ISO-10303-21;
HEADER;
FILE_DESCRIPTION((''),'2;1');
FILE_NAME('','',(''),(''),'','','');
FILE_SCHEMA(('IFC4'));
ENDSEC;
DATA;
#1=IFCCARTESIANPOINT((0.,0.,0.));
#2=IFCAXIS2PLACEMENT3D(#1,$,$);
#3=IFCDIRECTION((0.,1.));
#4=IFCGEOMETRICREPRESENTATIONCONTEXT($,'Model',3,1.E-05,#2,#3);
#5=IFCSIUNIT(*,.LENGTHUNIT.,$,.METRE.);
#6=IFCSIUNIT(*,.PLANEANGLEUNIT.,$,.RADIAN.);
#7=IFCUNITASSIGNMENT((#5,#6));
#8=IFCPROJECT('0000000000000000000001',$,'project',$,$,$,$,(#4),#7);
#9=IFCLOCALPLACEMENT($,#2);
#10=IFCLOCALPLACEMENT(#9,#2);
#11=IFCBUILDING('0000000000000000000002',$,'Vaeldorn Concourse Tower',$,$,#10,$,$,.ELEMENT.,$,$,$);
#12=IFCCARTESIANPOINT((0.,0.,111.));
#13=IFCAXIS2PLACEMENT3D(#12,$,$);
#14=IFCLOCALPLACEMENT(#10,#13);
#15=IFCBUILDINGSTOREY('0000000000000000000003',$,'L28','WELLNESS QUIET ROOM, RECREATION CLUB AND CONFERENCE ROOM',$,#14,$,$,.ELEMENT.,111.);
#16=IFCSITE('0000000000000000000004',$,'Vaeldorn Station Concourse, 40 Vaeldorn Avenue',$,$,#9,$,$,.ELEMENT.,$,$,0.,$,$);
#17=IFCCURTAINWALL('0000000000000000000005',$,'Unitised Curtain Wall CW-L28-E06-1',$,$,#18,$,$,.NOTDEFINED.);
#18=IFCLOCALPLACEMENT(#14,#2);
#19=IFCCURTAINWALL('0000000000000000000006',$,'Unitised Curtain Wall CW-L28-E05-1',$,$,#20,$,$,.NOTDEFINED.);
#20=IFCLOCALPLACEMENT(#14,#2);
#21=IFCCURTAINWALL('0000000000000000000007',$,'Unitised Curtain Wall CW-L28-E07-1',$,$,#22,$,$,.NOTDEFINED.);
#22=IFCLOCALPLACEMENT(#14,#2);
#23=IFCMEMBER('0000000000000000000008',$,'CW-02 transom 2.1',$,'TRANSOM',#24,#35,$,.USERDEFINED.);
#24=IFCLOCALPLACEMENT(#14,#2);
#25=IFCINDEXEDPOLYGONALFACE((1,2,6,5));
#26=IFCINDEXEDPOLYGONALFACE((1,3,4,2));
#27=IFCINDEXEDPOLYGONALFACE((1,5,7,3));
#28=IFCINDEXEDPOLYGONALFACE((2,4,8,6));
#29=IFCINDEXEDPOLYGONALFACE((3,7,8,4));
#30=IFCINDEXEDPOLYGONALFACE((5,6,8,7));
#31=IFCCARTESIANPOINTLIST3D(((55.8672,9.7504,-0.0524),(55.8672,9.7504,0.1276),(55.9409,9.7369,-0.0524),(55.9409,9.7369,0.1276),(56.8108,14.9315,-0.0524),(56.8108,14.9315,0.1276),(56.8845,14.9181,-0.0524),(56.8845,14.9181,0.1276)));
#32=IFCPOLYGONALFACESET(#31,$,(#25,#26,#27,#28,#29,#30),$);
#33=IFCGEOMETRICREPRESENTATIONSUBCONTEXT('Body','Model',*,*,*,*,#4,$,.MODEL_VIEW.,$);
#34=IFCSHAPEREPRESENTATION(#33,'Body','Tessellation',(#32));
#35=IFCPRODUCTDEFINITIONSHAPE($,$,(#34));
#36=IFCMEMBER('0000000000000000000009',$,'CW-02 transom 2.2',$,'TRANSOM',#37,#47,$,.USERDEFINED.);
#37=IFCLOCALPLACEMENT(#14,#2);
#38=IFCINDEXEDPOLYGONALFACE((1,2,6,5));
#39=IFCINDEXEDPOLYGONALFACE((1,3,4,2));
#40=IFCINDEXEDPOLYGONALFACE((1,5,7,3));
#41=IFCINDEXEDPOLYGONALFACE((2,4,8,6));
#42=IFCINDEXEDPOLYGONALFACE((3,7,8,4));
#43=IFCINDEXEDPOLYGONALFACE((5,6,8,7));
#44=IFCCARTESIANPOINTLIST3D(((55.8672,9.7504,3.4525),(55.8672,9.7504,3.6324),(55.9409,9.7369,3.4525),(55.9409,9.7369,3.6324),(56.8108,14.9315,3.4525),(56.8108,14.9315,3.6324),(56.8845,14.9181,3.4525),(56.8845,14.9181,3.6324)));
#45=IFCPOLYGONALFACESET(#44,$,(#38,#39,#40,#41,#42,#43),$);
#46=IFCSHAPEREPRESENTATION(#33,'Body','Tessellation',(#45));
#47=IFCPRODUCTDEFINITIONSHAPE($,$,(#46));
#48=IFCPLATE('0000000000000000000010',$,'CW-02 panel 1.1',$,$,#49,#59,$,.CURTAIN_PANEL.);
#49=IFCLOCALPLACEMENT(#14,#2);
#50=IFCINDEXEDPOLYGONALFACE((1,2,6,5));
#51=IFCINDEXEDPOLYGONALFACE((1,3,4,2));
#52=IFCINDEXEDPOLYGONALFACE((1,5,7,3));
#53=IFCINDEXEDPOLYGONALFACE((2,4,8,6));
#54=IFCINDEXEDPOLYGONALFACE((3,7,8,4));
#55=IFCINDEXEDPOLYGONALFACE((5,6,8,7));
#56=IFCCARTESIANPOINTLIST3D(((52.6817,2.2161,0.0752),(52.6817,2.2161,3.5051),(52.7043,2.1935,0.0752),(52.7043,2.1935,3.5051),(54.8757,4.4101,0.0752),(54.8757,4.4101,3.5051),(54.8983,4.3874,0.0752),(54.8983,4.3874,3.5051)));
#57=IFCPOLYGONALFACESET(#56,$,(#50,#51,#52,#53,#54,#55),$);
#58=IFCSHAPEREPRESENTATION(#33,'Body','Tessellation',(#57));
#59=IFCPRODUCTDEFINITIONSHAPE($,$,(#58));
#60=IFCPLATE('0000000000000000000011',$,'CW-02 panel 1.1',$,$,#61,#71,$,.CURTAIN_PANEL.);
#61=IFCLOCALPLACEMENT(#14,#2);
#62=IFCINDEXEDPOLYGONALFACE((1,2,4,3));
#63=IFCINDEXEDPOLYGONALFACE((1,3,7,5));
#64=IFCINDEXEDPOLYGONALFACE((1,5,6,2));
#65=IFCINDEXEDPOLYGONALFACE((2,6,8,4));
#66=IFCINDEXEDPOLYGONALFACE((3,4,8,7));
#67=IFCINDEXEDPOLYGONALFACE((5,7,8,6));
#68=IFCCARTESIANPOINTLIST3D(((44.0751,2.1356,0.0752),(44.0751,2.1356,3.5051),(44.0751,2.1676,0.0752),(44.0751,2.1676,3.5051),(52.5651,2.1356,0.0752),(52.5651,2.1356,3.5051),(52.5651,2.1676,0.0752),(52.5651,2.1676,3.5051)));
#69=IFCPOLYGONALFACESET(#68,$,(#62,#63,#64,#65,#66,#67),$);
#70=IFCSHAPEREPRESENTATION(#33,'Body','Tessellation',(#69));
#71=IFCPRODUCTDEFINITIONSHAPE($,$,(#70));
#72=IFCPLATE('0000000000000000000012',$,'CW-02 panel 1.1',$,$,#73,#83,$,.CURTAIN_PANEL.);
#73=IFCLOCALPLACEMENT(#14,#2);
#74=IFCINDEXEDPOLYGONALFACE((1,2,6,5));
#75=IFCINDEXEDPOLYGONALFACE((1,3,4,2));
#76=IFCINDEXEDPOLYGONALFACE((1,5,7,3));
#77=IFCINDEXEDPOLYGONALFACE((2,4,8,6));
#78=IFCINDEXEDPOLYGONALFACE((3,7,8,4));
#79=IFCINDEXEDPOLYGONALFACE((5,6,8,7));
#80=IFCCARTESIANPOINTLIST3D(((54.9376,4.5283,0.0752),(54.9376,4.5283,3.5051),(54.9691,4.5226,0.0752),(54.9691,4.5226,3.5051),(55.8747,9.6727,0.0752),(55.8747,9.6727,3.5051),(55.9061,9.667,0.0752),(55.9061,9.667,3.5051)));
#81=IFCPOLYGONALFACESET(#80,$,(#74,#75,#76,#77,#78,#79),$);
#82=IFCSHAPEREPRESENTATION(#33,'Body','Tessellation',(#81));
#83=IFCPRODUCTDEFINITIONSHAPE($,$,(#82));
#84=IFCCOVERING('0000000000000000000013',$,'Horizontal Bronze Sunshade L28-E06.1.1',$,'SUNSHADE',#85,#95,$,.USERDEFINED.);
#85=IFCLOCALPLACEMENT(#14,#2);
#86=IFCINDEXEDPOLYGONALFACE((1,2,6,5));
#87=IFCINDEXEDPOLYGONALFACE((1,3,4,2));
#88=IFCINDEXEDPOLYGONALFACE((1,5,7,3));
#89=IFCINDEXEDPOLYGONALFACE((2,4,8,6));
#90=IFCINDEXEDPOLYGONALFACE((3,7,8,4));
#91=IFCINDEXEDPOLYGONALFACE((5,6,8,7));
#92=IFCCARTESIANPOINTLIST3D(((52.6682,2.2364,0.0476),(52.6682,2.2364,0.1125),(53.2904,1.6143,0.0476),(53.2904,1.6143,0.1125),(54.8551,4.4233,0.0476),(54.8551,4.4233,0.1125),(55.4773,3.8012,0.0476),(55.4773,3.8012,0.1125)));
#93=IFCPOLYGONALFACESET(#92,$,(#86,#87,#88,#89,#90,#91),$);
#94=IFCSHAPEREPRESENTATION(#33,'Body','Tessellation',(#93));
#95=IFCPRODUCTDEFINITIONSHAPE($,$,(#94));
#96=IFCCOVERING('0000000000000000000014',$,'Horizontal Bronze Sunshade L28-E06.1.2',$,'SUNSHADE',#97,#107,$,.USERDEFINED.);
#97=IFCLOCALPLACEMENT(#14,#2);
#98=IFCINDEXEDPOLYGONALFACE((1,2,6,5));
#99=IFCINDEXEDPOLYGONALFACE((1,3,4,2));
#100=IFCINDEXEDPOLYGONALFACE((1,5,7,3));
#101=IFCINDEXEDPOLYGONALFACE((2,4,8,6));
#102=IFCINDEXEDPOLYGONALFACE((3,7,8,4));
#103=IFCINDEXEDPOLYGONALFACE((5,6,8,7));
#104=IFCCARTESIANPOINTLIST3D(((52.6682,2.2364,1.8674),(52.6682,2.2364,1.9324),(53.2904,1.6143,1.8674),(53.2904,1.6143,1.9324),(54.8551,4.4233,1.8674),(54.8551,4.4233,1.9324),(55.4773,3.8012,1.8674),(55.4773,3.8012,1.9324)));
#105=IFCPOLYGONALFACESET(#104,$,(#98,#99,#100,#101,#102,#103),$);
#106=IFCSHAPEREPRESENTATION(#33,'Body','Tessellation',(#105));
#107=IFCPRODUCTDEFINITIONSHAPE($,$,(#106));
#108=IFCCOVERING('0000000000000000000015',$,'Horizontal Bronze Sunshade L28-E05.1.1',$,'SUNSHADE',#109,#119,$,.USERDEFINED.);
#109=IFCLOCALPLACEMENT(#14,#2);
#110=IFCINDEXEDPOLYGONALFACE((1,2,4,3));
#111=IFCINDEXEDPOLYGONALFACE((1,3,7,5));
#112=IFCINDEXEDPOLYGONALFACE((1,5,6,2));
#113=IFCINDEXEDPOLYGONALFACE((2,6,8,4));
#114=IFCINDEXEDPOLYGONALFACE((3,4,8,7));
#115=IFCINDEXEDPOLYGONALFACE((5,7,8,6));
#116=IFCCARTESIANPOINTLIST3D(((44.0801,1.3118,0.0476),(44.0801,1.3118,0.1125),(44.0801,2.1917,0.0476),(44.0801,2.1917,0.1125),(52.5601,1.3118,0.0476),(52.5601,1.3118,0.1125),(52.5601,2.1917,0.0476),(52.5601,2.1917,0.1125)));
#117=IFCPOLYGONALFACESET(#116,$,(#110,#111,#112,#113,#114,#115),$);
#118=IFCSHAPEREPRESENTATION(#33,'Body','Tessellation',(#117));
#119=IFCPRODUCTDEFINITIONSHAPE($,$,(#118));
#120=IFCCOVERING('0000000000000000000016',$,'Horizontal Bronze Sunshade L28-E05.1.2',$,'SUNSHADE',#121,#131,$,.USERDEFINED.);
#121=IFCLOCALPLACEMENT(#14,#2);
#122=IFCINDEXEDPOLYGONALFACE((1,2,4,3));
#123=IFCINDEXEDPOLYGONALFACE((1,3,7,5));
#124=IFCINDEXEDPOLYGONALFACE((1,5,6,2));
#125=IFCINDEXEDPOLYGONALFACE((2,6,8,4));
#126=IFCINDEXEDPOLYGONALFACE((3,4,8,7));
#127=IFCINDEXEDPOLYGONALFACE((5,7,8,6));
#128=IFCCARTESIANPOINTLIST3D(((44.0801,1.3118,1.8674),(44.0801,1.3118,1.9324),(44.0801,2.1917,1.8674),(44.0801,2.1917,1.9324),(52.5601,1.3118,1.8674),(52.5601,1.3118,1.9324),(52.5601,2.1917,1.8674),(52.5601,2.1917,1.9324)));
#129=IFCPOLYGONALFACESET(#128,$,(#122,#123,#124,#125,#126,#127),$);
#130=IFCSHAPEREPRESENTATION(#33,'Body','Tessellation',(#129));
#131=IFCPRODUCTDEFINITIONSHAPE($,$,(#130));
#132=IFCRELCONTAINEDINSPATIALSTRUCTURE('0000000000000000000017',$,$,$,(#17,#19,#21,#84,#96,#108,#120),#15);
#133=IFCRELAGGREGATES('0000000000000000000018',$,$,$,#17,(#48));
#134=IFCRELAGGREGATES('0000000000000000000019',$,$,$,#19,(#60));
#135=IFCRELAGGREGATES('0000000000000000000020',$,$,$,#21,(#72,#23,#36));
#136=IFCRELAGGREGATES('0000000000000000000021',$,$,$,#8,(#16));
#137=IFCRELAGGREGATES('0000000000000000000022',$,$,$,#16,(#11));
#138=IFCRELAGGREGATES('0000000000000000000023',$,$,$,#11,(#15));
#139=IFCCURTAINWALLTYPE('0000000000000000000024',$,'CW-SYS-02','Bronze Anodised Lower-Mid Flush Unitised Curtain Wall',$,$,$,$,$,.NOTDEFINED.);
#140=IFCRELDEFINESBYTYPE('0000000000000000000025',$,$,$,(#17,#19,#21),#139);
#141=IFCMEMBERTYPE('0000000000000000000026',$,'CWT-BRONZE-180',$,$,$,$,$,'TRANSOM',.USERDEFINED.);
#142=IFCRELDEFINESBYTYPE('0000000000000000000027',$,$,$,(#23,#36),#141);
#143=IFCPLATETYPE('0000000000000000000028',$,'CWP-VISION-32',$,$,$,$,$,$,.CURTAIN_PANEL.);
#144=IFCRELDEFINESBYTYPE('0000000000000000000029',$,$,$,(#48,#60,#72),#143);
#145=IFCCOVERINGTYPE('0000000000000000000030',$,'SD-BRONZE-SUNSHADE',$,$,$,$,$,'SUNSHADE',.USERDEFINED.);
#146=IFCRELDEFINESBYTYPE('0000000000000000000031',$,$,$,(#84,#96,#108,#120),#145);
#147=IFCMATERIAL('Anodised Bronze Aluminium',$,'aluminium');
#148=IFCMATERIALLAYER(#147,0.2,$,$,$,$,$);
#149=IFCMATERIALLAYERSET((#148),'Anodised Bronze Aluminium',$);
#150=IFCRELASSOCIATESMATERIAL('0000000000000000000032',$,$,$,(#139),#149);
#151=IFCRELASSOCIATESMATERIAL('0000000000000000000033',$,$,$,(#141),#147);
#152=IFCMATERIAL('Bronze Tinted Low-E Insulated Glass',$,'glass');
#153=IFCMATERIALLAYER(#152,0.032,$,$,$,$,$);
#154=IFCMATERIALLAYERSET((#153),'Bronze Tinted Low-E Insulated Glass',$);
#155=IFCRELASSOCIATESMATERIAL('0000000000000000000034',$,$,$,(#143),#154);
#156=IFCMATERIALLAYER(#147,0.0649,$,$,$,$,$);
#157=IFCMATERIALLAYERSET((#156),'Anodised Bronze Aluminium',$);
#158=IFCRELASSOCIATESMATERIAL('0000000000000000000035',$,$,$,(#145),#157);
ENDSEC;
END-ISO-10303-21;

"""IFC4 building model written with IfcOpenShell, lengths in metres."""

from ifc_helpers import new_model, si_unit, direction, frame, origin, origin_2d, place, context, subcontext, project, spatial, rectangle, extrude, source, transform, mapped, material, layer, layer_set, material_profile, profile_set, type_object, element, aggregate, save


model = new_model("IFC4")

# Units and contexts
model_context = context("Model", 3, precision=1e-05, world=origin(), true_north=direction((0.0, 1.0)))
body_context = subcontext(model_context, "Body", "Model", "MODEL_VIEW")
ifc_project = project(units=[si_unit("LENGTHUNIT", "METRE"), si_unit("PLANEANGLEUNIT", "RADIAN")], contexts=[model_context])

# Site, building, storey
site_placement = place(None, origin())
site = spatial("IfcSite", under=ifc_project, at=site_placement, Name="Vaeldorn Station Concourse, 40 Vaeldorn Avenue", CompositionType="ELEMENT", RefElevation=0.0)
building_placement = place(site_placement, origin())
building = spatial("IfcBuilding", under=site, at=building_placement, Name="Vaeldorn Concourse Tower", CompositionType="ELEMENT")
storey_placement = place(building_placement, frame((0.0, 0.0, 111.0)))
storey = spatial("IfcBuildingStorey", under=building, at=storey_placement, Name="L28", Description="WELLNESS QUIET ROOM, RECREATION CLUB AND CONFERENCE ROOM", CompositionType="ELEMENT", Elevation=111.0)

# Curtain walls
ifc_material_1 = material(Name="Anodised Bronze Aluminium", Category="aluminium")
ifc_layer_1 = layer(ifc_material_1, 0.2)
ifc_layer_set_1 = layer_set([ifc_layer_1], Name="Anodised Bronze Aluminium")
curtain_wall_type = type_object("IfcCurtainWallType", Name="CW-SYS-02", Description="Bronze Anodised Lower-Mid Flush Unitised Curtain Wall", PredefinedType="NOTDEFINED", material=ifc_layer_set_1)
curtain_wall_1_placement = place(storey_placement, origin())
curtain_wall_1 = element("IfcCurtainWall", 1, at=curtain_wall_1_placement, inside=storey, type_object=curtain_wall_type, Name="Unitised Curtain Wall CW-L28-E06-1", PredefinedType="NOTDEFINED")
ifc_material_profile_1 = material_profile(ifc_material_1, rectangle(XDim=0.075, YDim=0.1799, at=origin_2d()), Name="CWT 75x180")
ifc_profile_set_1 = profile_set([ifc_material_profile_1], Name="Anodised Bronze Aluminium")
member_type_1 = type_object("IfcMemberType", Name="CWT-BRONZE-180", ElementType="TRANSOM", PredefinedType="USERDEFINED", material=ifc_profile_set_1)
curtain_wall_2_placement = place(storey_placement, origin())
curtain_wall_2 = element("IfcCurtainWall", 2, at=curtain_wall_2_placement, inside=storey, type_object=curtain_wall_type, Name="Unitised Curtain Wall CW-L28-E05-1", PredefinedType="NOTDEFINED")

# Curtain wall, members
curtain_wall_3_placement = place(storey_placement, origin())
curtain_wall_3 = element("IfcCurtainWall", 3, at=curtain_wall_3_placement, inside=storey, type_object=curtain_wall_type, Name="Unitised Curtain Wall CW-L28-E07-1", PredefinedType="NOTDEFINED")
shared_shape_1 = source(origin(), body_context, "Body", "SweptSolid", [
    extrude(rectangle(XDim=0.075, YDim=0.1799, at=origin_2d()), origin(), (0.0, 0.0, 1.0), 5.2664),
])
member_1_placement = place(storey_placement, frame((55.9041, 9.7437, 0.0376), z_axis=(0.179175, 0.983817, 0.0), x_axis=(-0.983817, 0.179175, 0.0)))
member_1 = element("IfcMember", 4, at=member_1_placement, type_object=member_type_1, Name="CW-02 transom 2.1", ObjectType="TRANSOM", PredefinedType="USERDEFINED", context=body_context, shape_type="MappedRepresentation", body=[
    mapped(shared_shape_1, transform((0.0, 0.0, 0.0), scale=1.0)),
])
member_2_placement = place(storey_placement, frame((55.9041, 9.7437, 3.5425), z_axis=(0.179175, 0.983817, 0.0), x_axis=(-0.983817, 0.179175, 0.0)))
member_2 = element("IfcMember", 5, at=member_2_placement, type_object=member_type_1, Name="CW-02 transom 2.2", ObjectType="TRANSOM", PredefinedType="USERDEFINED", context=body_context, shape_type="MappedRepresentation", body=[
    mapped(shared_shape_1, transform((0.0, 0.0, 0.0), scale=1.0)),
])

# Plates
ifc_material_2 = material(Name="Bronze Tinted Low-E Insulated Glass", Category="glass")
ifc_layer_2 = layer(ifc_material_2, 0.032)
ifc_layer_set_2 = layer_set([ifc_layer_2], Name="Bronze Tinted Low-E Insulated Glass")
plate_type = type_object("IfcPlateType", Name="CWP-VISION-32", PredefinedType="CURTAIN_PANEL", material=ifc_layer_set_2)
shared_shape_2 = source(origin(), body_context, "Body", "SweptSolid", [
    extrude(rectangle(XDim=3.1028, YDim=0.032, at=origin_2d()), origin(), (0.0, 0.0, 1.0), 3.4299),
])
plate_1_placement = place(storey_placement, frame((53.79, 3.3018, 0.0752), z_axis=(0.0, 0.0, 1.0), x_axis=(0.707107, 0.707107, 0.0)))
plate_1 = element("IfcPlate", 6, at=plate_1_placement, type_object=plate_type, Name="CW-02 panel 1.1", PredefinedType="CURTAIN_PANEL", context=body_context, shape_type="MappedRepresentation", body=[
    mapped(shared_shape_2, transform((0.0, 0.0, 0.0), scale=1.0)),
])
aggregate(curtain_wall_1, [plate_1])
shared_shape_3 = source(origin(), body_context, "Body", "SweptSolid", [
    extrude(rectangle(XDim=8.49, YDim=0.032, at=origin_2d()), origin(), (0.0, 0.0, 1.0), 3.4299),
])
plate_2_placement = place(storey_placement, frame((48.3201, 2.1516, 0.0752), z_axis=(0.0, 0.0, 1.0), x_axis=(1.0, 0.0, 0.0)))
plate_2 = element("IfcPlate", 7, at=plate_2_placement, type_object=plate_type, Name="CW-02 panel 1.1", PredefinedType="CURTAIN_PANEL", context=body_context, shape_type="MappedRepresentation", body=[
    mapped(shared_shape_3, transform((0.0, 0.0, 0.0), scale=1.0)),
])
aggregate(curtain_wall_2, [plate_2])
shared_shape_4 = source(origin(), body_context, "Body", "SweptSolid", [
    extrude(rectangle(XDim=5.229, YDim=0.032, at=origin_2d()), origin(), (0.0, 0.0, 1.0), 3.4299),
])
plate_3_placement = place(storey_placement, frame((55.4219, 7.0977, 0.0752), z_axis=(0.0, 0.0, 1.0), x_axis=(0.179206, 0.983812, 0.0)))
plate_3 = element("IfcPlate", 8, at=plate_3_placement, type_object=plate_type, Name="CW-02 panel 1.1", PredefinedType="CURTAIN_PANEL", context=body_context, shape_type="MappedRepresentation", body=[
    mapped(shared_shape_4, transform((0.0, 0.0, 0.0), scale=1.0)),
])
aggregate(curtain_wall_3, [plate_3, member_1, member_2])

# Coverings
ifc_layer_3 = layer(ifc_material_1, 0.0649)
ifc_layer_set_3 = layer_set([ifc_layer_3], Name="Anodised Bronze Aluminium")
covering_type = type_object("IfcCoveringType", Name="SD-BRONZE-SUNSHADE", ElementType="SUNSHADE", PredefinedType="USERDEFINED", material=ifc_layer_set_3)
shared_shape_5 = source(origin(), body_context, "Body", "SweptSolid", [
    extrude(rectangle(XDim=3.0928, YDim=0.8799, at=origin_2d()), origin(), (0.0, 0.0, 1.0), 0.0649),
])
for number, where, z_axis, x_axis, name in (
    (9, (54.0728, 3.0188, 0.0476), (0.0, 0.0, 1.0), (0.707107, 0.707107, 0.0), "Horizontal Bronze Sunshade L28-E06.1.1"),
    (10, (54.0728, 3.0188, 1.8674), (0.0, 0.0, 1.0), (0.707107, 0.707107, 0.0), "Horizontal Bronze Sunshade L28-E06.1.2"),
):
    element("IfcCovering", number, at=place(storey_placement, frame(where, z_axis=z_axis, x_axis=x_axis)), inside=storey, type_object=covering_type, Name=name, ObjectType="SUNSHADE", PredefinedType="USERDEFINED", context=body_context, shape_type="MappedRepresentation", body=[
        mapped(shared_shape_5, transform((0.0, 0.0, 0.0), scale=1.0)),
    ])
shared_shape_6 = source(origin(), body_context, "Body", "SweptSolid", [
    extrude(rectangle(XDim=8.48, YDim=0.8799, at=origin_2d()), origin(), (0.0, 0.0, 1.0), 0.0649),
])
for number, where, z_axis, x_axis, name in (
    (11, (48.3201, 1.7517, 0.0476), (0.0, 0.0, 1.0), (1.0, 0.0, 0.0), "Horizontal Bronze Sunshade L28-E05.1.1"),
    (12, (48.3201, 1.7517, 1.8674), (0.0, 0.0, 1.0), (1.0, 0.0, 0.0), "Horizontal Bronze Sunshade L28-E05.1.2"),
):
    element("IfcCovering", number, at=place(storey_placement, frame(where, z_axis=z_axis, x_axis=x_axis)), inside=storey, type_object=covering_type, Name=name, ObjectType="SUNSHADE", PredefinedType="USERDEFINED", context=body_context, shape_type="MappedRepresentation", body=[
        mapped(shared_shape_6, transform((0.0, 0.0, 0.0), scale=1.0)),
    ])

save(model, "model.ifc")
